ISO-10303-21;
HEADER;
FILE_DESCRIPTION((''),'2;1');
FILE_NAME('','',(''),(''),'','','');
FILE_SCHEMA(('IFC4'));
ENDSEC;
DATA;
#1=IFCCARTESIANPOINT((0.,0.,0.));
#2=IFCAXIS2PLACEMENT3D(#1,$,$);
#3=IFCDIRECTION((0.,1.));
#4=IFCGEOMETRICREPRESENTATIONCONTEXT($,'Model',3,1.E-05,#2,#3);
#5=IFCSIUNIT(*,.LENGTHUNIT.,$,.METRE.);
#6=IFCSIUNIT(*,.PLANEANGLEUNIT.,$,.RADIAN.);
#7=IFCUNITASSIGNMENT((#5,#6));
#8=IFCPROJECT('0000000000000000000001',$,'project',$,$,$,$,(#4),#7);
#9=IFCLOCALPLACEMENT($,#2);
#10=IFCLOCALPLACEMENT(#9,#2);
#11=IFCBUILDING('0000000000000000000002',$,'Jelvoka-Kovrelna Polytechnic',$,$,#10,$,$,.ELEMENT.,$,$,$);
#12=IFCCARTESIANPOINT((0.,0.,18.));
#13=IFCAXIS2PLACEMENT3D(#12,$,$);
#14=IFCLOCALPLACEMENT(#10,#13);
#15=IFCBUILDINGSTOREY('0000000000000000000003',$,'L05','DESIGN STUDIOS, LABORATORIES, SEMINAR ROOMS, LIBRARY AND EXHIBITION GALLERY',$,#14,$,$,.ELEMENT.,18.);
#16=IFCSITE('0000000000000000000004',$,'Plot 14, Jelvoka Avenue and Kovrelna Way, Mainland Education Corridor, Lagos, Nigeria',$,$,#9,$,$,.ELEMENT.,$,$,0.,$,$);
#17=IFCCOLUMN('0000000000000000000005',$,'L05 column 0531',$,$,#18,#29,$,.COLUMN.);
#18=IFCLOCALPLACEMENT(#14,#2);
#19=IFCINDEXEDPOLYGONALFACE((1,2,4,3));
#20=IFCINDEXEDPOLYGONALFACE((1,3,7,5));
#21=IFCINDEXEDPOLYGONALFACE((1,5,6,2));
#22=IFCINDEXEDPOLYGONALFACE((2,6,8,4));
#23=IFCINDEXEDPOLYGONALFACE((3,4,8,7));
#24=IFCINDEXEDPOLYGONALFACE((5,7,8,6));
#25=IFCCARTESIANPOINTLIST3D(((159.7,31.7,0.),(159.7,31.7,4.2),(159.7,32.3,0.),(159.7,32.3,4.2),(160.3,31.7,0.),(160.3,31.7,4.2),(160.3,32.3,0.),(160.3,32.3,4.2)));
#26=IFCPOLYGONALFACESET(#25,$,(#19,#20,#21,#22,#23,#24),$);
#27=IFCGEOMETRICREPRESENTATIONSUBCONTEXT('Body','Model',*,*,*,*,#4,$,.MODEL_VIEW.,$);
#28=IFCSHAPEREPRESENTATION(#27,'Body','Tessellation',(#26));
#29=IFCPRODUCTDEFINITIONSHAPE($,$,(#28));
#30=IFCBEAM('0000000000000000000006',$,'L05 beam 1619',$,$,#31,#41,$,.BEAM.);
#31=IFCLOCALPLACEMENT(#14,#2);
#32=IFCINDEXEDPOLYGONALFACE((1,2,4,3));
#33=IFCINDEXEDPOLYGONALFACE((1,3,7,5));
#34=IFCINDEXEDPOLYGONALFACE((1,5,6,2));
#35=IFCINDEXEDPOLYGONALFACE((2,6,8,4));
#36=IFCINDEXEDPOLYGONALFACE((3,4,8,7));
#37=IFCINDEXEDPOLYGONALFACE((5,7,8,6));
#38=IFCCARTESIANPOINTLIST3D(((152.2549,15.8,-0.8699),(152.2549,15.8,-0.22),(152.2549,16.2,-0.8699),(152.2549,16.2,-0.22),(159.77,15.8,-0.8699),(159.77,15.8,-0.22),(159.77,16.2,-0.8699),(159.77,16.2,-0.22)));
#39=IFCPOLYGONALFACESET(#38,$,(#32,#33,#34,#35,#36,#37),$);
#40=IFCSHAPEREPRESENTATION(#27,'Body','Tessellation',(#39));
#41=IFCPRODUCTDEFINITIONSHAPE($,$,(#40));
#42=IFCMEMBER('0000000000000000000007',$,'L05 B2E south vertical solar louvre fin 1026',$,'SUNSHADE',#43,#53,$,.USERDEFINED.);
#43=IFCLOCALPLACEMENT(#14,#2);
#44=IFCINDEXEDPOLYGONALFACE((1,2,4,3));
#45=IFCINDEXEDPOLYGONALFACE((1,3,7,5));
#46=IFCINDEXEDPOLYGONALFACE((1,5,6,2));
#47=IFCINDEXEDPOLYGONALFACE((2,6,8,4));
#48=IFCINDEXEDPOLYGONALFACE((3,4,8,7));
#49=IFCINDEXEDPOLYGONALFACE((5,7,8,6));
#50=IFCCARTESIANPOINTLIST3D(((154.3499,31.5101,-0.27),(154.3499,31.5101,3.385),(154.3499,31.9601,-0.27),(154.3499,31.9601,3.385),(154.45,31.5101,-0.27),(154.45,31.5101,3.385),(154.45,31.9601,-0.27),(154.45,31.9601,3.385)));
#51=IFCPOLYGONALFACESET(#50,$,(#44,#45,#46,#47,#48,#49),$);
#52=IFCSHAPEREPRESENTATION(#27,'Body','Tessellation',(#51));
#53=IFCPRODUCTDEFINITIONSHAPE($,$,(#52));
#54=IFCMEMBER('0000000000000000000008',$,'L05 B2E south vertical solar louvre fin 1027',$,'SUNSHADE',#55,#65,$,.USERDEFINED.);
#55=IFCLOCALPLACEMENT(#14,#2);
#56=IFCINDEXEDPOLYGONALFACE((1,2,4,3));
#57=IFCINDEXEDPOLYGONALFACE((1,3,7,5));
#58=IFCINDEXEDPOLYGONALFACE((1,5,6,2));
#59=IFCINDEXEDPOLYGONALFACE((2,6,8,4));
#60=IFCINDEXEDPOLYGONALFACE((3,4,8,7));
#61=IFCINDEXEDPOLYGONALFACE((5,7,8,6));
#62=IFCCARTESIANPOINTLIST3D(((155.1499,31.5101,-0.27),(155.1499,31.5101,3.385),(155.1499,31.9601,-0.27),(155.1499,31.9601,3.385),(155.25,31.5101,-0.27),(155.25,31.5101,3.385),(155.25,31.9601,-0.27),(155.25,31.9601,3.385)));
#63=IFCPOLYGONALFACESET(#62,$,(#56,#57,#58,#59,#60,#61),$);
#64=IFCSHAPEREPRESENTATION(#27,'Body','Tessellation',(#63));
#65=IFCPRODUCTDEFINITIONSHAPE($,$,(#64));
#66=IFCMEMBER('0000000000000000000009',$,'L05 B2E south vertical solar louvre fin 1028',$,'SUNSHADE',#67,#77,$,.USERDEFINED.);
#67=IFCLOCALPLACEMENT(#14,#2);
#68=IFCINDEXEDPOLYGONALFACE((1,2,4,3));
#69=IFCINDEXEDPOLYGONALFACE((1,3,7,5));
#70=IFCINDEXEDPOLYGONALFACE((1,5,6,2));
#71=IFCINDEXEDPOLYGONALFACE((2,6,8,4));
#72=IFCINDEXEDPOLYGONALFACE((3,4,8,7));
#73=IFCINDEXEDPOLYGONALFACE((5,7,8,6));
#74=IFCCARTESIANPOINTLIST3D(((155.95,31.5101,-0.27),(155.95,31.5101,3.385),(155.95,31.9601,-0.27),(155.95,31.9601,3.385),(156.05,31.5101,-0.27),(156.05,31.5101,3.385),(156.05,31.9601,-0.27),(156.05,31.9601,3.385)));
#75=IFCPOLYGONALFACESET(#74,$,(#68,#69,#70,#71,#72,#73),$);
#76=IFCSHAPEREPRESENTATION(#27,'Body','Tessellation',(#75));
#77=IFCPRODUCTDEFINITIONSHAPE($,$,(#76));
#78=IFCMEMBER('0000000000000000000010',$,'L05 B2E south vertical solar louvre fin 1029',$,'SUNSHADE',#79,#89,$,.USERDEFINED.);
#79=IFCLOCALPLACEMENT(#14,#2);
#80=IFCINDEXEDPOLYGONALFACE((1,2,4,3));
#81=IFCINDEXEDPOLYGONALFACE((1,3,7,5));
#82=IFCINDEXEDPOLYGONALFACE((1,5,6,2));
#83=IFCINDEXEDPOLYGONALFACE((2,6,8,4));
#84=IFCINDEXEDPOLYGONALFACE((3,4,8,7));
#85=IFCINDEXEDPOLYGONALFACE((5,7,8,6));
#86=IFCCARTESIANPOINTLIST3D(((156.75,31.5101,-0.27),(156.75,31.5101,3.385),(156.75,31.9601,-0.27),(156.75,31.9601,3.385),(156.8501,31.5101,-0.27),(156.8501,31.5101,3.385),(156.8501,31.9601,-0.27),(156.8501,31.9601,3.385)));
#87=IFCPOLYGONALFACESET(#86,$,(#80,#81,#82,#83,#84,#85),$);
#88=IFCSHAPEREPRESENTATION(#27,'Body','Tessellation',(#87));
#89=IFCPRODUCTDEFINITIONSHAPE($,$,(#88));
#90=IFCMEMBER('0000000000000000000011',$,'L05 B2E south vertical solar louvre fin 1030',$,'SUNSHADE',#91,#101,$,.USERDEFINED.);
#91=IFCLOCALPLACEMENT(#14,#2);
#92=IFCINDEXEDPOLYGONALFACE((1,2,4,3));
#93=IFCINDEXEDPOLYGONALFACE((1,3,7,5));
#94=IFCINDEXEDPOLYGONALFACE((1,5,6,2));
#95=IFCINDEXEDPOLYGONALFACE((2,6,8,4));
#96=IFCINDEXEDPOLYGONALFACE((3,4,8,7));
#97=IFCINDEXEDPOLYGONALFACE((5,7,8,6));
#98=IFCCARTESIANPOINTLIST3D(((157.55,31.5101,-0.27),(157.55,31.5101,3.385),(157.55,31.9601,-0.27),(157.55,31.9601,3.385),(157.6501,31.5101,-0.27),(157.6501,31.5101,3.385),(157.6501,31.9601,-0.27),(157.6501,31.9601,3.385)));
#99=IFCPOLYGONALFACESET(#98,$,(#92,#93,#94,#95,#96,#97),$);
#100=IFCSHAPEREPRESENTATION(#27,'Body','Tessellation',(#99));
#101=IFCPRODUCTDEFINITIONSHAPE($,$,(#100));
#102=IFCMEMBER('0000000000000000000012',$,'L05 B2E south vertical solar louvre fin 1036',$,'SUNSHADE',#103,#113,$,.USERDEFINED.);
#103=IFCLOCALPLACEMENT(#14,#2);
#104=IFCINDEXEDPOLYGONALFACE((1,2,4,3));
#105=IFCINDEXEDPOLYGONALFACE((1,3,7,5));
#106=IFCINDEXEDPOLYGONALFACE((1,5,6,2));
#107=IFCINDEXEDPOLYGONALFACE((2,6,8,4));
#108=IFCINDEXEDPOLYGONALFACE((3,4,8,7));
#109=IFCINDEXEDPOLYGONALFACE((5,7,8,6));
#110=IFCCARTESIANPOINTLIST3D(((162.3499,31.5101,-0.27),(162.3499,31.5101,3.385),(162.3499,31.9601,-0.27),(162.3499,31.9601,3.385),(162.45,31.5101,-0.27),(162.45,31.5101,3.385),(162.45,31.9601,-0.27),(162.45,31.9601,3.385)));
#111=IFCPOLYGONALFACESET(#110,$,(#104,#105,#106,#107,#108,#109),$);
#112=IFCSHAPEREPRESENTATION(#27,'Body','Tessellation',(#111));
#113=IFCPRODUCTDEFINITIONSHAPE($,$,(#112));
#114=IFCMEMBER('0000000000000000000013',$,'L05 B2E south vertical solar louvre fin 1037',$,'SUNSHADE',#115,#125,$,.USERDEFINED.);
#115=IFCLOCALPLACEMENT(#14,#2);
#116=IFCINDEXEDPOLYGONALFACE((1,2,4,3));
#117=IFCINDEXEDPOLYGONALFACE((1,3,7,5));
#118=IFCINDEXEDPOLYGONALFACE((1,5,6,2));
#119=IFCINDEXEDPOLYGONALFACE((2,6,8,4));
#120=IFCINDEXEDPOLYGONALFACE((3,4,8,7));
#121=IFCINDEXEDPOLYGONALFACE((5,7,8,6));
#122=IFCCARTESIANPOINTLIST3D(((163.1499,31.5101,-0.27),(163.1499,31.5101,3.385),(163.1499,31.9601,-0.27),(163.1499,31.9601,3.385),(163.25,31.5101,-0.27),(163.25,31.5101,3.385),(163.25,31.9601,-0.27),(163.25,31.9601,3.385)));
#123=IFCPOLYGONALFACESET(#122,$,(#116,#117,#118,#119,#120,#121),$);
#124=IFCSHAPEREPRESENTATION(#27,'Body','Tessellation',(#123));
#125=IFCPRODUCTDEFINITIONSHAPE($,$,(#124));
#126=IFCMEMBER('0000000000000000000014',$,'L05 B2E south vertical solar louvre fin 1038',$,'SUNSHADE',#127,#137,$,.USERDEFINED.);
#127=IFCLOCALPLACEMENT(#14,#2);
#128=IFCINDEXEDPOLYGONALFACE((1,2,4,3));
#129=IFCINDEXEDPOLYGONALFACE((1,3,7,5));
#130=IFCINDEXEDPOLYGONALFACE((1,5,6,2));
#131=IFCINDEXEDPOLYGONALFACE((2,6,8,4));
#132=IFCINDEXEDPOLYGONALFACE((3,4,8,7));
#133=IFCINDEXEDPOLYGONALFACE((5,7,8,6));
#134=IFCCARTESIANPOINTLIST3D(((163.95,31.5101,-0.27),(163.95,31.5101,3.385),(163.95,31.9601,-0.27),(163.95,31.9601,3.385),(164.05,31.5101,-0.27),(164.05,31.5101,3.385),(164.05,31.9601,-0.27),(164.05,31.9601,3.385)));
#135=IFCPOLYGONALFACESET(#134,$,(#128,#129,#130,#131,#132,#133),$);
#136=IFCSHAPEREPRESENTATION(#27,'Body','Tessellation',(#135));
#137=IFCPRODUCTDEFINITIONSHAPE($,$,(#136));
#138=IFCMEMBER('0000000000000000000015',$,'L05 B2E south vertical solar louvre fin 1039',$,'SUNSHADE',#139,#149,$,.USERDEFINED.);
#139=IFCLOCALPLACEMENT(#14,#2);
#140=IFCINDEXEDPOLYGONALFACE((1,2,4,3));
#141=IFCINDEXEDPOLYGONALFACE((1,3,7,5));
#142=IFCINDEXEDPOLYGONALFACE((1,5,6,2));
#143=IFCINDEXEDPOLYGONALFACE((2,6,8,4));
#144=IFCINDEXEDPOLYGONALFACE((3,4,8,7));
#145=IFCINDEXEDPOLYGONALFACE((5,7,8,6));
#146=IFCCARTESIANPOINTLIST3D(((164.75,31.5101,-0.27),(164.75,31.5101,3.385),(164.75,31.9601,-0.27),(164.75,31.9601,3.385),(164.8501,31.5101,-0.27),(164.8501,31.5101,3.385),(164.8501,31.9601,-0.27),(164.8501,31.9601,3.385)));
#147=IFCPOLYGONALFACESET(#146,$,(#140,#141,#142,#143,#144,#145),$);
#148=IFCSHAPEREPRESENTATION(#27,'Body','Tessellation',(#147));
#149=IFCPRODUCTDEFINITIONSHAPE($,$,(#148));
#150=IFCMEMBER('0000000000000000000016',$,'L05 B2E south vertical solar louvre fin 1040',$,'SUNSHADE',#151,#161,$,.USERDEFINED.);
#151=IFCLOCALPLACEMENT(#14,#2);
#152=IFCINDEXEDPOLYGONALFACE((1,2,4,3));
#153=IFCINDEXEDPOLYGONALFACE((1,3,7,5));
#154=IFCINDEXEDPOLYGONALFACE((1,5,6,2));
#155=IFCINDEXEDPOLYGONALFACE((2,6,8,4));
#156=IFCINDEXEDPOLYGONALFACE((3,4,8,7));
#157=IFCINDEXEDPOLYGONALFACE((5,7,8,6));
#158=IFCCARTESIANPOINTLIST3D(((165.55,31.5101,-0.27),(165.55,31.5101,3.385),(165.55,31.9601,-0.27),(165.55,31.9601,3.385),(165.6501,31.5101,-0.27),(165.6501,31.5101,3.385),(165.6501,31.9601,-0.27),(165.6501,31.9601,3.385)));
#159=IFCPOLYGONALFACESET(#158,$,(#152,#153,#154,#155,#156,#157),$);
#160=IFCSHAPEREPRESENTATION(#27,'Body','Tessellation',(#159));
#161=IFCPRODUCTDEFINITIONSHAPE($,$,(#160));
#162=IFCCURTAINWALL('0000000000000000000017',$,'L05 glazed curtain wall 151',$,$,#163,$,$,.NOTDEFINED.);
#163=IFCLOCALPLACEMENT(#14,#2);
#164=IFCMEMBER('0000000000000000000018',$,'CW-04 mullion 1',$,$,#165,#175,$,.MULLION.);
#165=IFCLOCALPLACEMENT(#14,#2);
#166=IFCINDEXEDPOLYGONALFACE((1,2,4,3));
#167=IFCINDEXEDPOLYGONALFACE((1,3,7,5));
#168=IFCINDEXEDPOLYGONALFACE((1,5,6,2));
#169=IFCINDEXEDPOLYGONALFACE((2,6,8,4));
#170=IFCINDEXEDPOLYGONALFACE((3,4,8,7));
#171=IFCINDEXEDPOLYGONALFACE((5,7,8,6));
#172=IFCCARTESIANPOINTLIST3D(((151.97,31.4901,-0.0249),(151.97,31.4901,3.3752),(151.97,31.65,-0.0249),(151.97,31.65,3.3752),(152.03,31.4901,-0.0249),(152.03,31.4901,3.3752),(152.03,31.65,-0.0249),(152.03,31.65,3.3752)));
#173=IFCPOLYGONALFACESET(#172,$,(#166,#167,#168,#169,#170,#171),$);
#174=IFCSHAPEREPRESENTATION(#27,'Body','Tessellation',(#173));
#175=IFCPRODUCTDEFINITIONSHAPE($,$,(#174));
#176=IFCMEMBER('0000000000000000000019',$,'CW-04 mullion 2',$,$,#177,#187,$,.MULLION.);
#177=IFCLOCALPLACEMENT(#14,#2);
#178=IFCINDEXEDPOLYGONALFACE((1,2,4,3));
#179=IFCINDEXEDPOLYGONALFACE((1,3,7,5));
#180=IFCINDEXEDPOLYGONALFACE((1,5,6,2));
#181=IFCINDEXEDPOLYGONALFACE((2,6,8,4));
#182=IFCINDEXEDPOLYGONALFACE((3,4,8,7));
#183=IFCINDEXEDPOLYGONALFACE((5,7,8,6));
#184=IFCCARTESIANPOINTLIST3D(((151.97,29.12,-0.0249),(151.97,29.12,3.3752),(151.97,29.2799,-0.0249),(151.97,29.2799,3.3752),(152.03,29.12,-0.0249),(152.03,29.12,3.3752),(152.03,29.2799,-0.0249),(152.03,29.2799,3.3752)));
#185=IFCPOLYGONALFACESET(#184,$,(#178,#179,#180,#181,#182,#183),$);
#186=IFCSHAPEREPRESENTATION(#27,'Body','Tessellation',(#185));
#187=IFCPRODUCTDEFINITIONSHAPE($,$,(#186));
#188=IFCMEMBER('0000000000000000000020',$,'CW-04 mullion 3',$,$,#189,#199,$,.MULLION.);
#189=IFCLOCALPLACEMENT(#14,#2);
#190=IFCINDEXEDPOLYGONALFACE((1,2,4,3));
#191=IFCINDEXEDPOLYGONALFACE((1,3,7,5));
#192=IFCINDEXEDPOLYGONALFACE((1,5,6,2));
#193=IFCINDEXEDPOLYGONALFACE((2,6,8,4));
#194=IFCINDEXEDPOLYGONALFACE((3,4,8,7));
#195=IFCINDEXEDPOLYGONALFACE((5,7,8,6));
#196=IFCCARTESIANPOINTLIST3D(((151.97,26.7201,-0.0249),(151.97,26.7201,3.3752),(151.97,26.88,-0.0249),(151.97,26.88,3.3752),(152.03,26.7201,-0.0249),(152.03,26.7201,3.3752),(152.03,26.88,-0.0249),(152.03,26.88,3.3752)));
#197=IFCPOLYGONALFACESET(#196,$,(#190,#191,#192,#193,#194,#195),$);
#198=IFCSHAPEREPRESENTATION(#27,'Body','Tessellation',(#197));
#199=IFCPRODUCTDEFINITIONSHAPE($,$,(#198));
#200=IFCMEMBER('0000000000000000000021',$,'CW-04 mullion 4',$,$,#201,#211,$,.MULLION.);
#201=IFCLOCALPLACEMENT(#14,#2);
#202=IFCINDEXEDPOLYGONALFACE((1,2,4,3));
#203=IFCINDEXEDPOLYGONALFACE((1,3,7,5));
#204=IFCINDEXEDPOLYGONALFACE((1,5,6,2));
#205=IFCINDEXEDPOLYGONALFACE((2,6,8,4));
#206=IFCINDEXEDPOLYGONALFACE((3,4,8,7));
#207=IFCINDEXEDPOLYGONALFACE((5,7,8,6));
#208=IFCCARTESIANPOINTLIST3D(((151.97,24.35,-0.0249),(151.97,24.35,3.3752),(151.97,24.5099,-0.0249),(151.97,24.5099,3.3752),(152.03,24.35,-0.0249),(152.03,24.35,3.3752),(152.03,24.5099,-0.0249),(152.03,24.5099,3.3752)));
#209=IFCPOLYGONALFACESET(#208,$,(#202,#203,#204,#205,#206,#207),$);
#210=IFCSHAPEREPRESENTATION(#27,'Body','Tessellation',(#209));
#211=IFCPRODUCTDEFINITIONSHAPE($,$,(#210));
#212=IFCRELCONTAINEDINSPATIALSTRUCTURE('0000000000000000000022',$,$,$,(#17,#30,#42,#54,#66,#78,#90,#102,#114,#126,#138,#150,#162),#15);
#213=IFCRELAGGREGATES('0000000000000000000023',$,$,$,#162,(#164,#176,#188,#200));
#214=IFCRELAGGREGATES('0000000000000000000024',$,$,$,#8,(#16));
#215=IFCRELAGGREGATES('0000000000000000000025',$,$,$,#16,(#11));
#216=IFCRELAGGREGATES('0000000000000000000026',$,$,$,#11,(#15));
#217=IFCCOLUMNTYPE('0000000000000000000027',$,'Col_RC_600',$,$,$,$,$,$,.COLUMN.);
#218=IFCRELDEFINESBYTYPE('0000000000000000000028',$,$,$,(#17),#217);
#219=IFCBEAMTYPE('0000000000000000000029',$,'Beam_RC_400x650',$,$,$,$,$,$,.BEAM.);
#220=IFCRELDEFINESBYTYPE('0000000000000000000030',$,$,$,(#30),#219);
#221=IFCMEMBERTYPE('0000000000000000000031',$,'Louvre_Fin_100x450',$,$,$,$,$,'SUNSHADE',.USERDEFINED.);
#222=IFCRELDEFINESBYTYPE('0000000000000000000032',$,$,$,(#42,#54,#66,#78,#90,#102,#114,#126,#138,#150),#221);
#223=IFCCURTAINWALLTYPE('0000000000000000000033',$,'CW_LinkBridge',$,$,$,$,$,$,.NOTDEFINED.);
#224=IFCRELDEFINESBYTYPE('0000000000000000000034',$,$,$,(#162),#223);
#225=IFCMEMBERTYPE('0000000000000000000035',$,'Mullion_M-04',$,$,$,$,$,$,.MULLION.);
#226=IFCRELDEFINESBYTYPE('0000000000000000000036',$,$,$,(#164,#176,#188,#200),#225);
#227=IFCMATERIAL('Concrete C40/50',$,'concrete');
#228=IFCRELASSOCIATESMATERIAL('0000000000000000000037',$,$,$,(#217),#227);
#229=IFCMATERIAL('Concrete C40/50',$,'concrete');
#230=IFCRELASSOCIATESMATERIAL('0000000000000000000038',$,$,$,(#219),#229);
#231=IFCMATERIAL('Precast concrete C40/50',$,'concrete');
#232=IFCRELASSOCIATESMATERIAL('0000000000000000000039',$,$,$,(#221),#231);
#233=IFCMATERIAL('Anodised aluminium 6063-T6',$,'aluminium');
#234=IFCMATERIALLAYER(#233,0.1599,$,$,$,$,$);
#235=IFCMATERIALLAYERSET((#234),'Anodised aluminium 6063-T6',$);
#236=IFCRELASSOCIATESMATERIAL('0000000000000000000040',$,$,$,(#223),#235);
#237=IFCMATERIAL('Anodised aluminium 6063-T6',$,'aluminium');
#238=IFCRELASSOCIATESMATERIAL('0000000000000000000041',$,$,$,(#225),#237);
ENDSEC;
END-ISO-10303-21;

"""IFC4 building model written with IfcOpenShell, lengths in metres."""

from ifc_helpers import new_model, si_unit, direction, frame, origin, origin_2d, place, context, subcontext, project, spatial, rectangle, extrude, material, layer, layer_set, material_profile, profile_set, type_object, element, aggregate, save


model = new_model("IFC4")

# Units and contexts
model_context = context("Model", 3, precision=1e-05, world=origin(), true_north=direction((0.0, 1.0)))
body_context = subcontext(model_context, "Body", "Model", "MODEL_VIEW")
ifc_project = project(units=[si_unit("LENGTHUNIT", "METRE"), si_unit("PLANEANGLEUNIT", "RADIAN")], contexts=[model_context])

# Site, building, storey
site_placement = place(None, origin())
site = spatial("IfcSite", under=ifc_project, at=site_placement, Name="Plot 14, Jelvoka Avenue and Kovrelna Way, Mainland Education Corridor, Lagos, Nigeria", CompositionType="ELEMENT", RefElevation=0.0)
building_placement = place(site_placement, origin())
building = spatial("IfcBuilding", under=site, at=building_placement, Name="Jelvoka-Kovrelna Polytechnic", CompositionType="ELEMENT")
storey_placement = place(building_placement, frame((0.0, 0.0, 18.0)))
storey = spatial("IfcBuildingStorey", under=building, at=storey_placement, Name="L05", Description="DESIGN STUDIOS, LABORATORIES, SEMINAR ROOMS, LIBRARY AND EXHIBITION GALLERY", CompositionType="ELEMENT", Elevation=18.0)

# Column
ifc_material_1 = material(Name="Concrete C40/50", Category="concrete")
ifc_material_profile_1 = material_profile(ifc_material_1, rectangle(XDim=0.6001, YDim=0.6001, at=origin_2d()), Name="RC 600x600")
ifc_profile_set_1 = profile_set([ifc_material_profile_1], Name="Concrete C40/50")
column_type = type_object("IfcColumnType", Name="Col_RC_600", PredefinedType="COLUMN", material=ifc_profile_set_1)
column_placement = place(storey_placement, frame((160.0, 32.0, 0.0), z_axis=(0.0, 0.0, 1.0), x_axis=(1.0, 0.0, 0.0)))
element("IfcColumn", 1, at=column_placement, inside=storey, type_object=column_type, Name="L05 column 0531", PredefinedType="COLUMN", context=body_context, shape_type="SweptSolid", body=[
    extrude(rectangle(XDim=0.6001, YDim=0.6001, at=origin_2d()), origin(), (0.0, 0.0, 1.0), 4.2),
])

# Beam
ifc_material_2 = material(Name="Concrete C40/50", Category="concrete")
ifc_material_profile_2 = material_profile(ifc_material_2, rectangle(XDim=0.3999, YDim=0.6499, at=origin_2d()), Name="RC 400x650")
ifc_profile_set_2 = profile_set([ifc_material_profile_2], Name="Concrete C40/50")
beam_type_1 = type_object("IfcBeamType", Name="Beam_RC_400x650", PredefinedType="BEAM", material=ifc_profile_set_2)
beam_placement = place(storey_placement, frame((152.2549, 16.0, -0.5449), z_axis=(1.0, 0.0, 0.0), x_axis=(0.0, 1.0, 0.0)))
element("IfcBeam", 2, at=beam_placement, inside=storey, type_object=beam_type_1, Name="L05 beam 1619", PredefinedType="BEAM", context=body_context, shape_type="SweptSolid", body=[
    extrude(rectangle(XDim=0.3999, YDim=0.6499, at=origin_2d()), origin(), (0.0, 0.0, 1.0), 7.5151),
])

# Members
ifc_material_3 = material(Name="Precast concrete C40/50", Category="concrete")
ifc_material_profile_3 = material_profile(ifc_material_3, rectangle(XDim=0.1001, YDim=0.45, at=origin_2d()), Name="PC 100x450")
ifc_profile_set_3 = profile_set([ifc_material_profile_3], Name="Precast concrete C40/50")
member_type_1 = type_object("IfcMemberType", Name="Louvre_Fin_100x450", ElementType="SUNSHADE", PredefinedType="USERDEFINED", material=ifc_profile_set_3)
for number, where, z_axis, x_axis, name in (
    (3, (154.3999, 31.7351, -0.27), (0.0, 0.0, 1.0), (1.0, 0.0, 0.0), "L05 B2E south vertical solar louvre fin 1026"),
    (4, (155.2, 31.7351, -0.27), (0.0, 0.0, 1.0), (1.0, 0.0, 0.0), "L05 B2E south vertical solar louvre fin 1027"),
    (5, (156.0, 31.7351, -0.27), (0.0, 0.0, 1.0), (1.0, 0.0, 0.0), "L05 B2E south vertical solar louvre fin 1028"),
    (6, (156.8, 31.7351, -0.27), (0.0, 0.0, 1.0), (1.0, 0.0, 0.0), "L05 B2E south vertical solar louvre fin 1029"),
    (7, (157.6001, 31.7351, -0.27), (0.0, 0.0, 1.0), (1.0, 0.0, 0.0), "L05 B2E south vertical solar louvre fin 1030"),
    (8, (162.3999, 31.7351, -0.27), (0.0, 0.0, 1.0), (1.0, 0.0, 0.0), "L05 B2E south vertical solar louvre fin 1036"),
    (9, (163.2, 31.7351, -0.27), (0.0, 0.0, 1.0), (1.0, 0.0, 0.0), "L05 B2E south vertical solar louvre fin 1037"),
    (10, (164.0, 31.7351, -0.27), (0.0, 0.0, 1.0), (1.0, 0.0, 0.0), "L05 B2E south vertical solar louvre fin 1038"),
    (11, (164.8, 31.7351, -0.27), (0.0, 0.0, 1.0), (1.0, 0.0, 0.0), "L05 B2E south vertical solar louvre fin 1039"),
    (12, (165.6001, 31.7351, -0.27), (0.0, 0.0, 1.0), (1.0, 0.0, 0.0), "L05 B2E south vertical solar louvre fin 1040"),
):
    element("IfcMember", number, at=place(storey_placement, frame(where, z_axis=z_axis, x_axis=x_axis)), inside=storey, type_object=member_type_1, Name=name, ObjectType="SUNSHADE", PredefinedType="USERDEFINED", context=body_context, shape_type="SweptSolid", body=[
        extrude(rectangle(XDim=0.1001, YDim=0.45, at=origin_2d()), origin(), (0.0, 0.0, 1.0), 3.655),
    ])

# Curtain wall, members
ifc_material_4 = material(Name="Anodised aluminium 6063-T6", Category="aluminium")
ifc_layer_1 = layer(ifc_material_4, 0.1599)
ifc_layer_set_1 = layer_set([ifc_layer_1], Name="Anodised aluminium 6063-T6")
curtain_wall_type = type_object("IfcCurtainWallType", Name="CW_LinkBridge", PredefinedType="NOTDEFINED", material=ifc_layer_set_1)
curtain_wall_placement = place(storey_placement, origin())
curtain_wall = element("IfcCurtainWall", 13, at=curtain_wall_placement, inside=storey, type_object=curtain_wall_type, Name="L05 glazed curtain wall 151", PredefinedType="NOTDEFINED")
ifc_material_5 = material(Name="Anodised aluminium 6063-T6", Category="aluminium")
ifc_material_profile_4 = material_profile(ifc_material_5, rectangle(XDim=0.0601, YDim=0.1599, at=origin_2d()), Name="ALU 60x160")
ifc_profile_set_4 = profile_set([ifc_material_profile_4], Name="Anodised aluminium 6063-T6")
member_type_2 = type_object("IfcMemberType", Name="Mullion_M-04", PredefinedType="MULLION", material=ifc_profile_set_4)
member_1_placement = place(storey_placement, frame((152.0, 31.5701, -0.0249), z_axis=(0.0, 0.0, 1.0), x_axis=(1.0, 0.0, 0.0)))
member_1 = element("IfcMember", 14, at=member_1_placement, type_object=member_type_2, Name="CW-04 mullion 1", PredefinedType="MULLION", context=body_context, shape_type="SweptSolid", body=[
    extrude(rectangle(XDim=0.0601, YDim=0.1599, at=origin_2d()), origin(), (0.0, 0.0, 1.0), 3.4001),
])
member_2_placement = place(storey_placement, frame((152.0, 29.2, -0.0249), z_axis=(0.0, 0.0, 1.0), x_axis=(1.0, 0.0, 0.0)))
member_2 = element("IfcMember", 15, at=member_2_placement, type_object=member_type_2, Name="CW-04 mullion 2", PredefinedType="MULLION", context=body_context, shape_type="SweptSolid", body=[
    extrude(rectangle(XDim=0.0601, YDim=0.1599, at=origin_2d()), origin(), (0.0, 0.0, 1.0), 3.4001),
])
member_3_placement = place(storey_placement, frame((152.0, 26.8, -0.0249), z_axis=(0.0, 0.0, 1.0), x_axis=(1.0, 0.0, 0.0)))
member_3 = element("IfcMember", 16, at=member_3_placement, type_object=member_type_2, Name="CW-04 mullion 3", PredefinedType="MULLION", context=body_context, shape_type="SweptSolid", body=[
    extrude(rectangle(XDim=0.0601, YDim=0.1599, at=origin_2d()), origin(), (0.0, 0.0, 1.0), 3.4001),
])
member_4_placement = place(storey_placement, frame((152.0, 24.4299, -0.0249), z_axis=(0.0, 0.0, 1.0), x_axis=(1.0, 0.0, 0.0)))
member_4 = element("IfcMember", 17, at=member_4_placement, type_object=member_type_2, Name="CW-04 mullion 4", PredefinedType="MULLION", context=body_context, shape_type="SweptSolid", body=[
    extrude(rectangle(XDim=0.0601, YDim=0.1599, at=origin_2d()), origin(), (0.0, 0.0, 1.0), 3.4001),
])

aggregate(curtain_wall, [member_1, member_2, member_3, member_4])

save(model, "model.ifc")
